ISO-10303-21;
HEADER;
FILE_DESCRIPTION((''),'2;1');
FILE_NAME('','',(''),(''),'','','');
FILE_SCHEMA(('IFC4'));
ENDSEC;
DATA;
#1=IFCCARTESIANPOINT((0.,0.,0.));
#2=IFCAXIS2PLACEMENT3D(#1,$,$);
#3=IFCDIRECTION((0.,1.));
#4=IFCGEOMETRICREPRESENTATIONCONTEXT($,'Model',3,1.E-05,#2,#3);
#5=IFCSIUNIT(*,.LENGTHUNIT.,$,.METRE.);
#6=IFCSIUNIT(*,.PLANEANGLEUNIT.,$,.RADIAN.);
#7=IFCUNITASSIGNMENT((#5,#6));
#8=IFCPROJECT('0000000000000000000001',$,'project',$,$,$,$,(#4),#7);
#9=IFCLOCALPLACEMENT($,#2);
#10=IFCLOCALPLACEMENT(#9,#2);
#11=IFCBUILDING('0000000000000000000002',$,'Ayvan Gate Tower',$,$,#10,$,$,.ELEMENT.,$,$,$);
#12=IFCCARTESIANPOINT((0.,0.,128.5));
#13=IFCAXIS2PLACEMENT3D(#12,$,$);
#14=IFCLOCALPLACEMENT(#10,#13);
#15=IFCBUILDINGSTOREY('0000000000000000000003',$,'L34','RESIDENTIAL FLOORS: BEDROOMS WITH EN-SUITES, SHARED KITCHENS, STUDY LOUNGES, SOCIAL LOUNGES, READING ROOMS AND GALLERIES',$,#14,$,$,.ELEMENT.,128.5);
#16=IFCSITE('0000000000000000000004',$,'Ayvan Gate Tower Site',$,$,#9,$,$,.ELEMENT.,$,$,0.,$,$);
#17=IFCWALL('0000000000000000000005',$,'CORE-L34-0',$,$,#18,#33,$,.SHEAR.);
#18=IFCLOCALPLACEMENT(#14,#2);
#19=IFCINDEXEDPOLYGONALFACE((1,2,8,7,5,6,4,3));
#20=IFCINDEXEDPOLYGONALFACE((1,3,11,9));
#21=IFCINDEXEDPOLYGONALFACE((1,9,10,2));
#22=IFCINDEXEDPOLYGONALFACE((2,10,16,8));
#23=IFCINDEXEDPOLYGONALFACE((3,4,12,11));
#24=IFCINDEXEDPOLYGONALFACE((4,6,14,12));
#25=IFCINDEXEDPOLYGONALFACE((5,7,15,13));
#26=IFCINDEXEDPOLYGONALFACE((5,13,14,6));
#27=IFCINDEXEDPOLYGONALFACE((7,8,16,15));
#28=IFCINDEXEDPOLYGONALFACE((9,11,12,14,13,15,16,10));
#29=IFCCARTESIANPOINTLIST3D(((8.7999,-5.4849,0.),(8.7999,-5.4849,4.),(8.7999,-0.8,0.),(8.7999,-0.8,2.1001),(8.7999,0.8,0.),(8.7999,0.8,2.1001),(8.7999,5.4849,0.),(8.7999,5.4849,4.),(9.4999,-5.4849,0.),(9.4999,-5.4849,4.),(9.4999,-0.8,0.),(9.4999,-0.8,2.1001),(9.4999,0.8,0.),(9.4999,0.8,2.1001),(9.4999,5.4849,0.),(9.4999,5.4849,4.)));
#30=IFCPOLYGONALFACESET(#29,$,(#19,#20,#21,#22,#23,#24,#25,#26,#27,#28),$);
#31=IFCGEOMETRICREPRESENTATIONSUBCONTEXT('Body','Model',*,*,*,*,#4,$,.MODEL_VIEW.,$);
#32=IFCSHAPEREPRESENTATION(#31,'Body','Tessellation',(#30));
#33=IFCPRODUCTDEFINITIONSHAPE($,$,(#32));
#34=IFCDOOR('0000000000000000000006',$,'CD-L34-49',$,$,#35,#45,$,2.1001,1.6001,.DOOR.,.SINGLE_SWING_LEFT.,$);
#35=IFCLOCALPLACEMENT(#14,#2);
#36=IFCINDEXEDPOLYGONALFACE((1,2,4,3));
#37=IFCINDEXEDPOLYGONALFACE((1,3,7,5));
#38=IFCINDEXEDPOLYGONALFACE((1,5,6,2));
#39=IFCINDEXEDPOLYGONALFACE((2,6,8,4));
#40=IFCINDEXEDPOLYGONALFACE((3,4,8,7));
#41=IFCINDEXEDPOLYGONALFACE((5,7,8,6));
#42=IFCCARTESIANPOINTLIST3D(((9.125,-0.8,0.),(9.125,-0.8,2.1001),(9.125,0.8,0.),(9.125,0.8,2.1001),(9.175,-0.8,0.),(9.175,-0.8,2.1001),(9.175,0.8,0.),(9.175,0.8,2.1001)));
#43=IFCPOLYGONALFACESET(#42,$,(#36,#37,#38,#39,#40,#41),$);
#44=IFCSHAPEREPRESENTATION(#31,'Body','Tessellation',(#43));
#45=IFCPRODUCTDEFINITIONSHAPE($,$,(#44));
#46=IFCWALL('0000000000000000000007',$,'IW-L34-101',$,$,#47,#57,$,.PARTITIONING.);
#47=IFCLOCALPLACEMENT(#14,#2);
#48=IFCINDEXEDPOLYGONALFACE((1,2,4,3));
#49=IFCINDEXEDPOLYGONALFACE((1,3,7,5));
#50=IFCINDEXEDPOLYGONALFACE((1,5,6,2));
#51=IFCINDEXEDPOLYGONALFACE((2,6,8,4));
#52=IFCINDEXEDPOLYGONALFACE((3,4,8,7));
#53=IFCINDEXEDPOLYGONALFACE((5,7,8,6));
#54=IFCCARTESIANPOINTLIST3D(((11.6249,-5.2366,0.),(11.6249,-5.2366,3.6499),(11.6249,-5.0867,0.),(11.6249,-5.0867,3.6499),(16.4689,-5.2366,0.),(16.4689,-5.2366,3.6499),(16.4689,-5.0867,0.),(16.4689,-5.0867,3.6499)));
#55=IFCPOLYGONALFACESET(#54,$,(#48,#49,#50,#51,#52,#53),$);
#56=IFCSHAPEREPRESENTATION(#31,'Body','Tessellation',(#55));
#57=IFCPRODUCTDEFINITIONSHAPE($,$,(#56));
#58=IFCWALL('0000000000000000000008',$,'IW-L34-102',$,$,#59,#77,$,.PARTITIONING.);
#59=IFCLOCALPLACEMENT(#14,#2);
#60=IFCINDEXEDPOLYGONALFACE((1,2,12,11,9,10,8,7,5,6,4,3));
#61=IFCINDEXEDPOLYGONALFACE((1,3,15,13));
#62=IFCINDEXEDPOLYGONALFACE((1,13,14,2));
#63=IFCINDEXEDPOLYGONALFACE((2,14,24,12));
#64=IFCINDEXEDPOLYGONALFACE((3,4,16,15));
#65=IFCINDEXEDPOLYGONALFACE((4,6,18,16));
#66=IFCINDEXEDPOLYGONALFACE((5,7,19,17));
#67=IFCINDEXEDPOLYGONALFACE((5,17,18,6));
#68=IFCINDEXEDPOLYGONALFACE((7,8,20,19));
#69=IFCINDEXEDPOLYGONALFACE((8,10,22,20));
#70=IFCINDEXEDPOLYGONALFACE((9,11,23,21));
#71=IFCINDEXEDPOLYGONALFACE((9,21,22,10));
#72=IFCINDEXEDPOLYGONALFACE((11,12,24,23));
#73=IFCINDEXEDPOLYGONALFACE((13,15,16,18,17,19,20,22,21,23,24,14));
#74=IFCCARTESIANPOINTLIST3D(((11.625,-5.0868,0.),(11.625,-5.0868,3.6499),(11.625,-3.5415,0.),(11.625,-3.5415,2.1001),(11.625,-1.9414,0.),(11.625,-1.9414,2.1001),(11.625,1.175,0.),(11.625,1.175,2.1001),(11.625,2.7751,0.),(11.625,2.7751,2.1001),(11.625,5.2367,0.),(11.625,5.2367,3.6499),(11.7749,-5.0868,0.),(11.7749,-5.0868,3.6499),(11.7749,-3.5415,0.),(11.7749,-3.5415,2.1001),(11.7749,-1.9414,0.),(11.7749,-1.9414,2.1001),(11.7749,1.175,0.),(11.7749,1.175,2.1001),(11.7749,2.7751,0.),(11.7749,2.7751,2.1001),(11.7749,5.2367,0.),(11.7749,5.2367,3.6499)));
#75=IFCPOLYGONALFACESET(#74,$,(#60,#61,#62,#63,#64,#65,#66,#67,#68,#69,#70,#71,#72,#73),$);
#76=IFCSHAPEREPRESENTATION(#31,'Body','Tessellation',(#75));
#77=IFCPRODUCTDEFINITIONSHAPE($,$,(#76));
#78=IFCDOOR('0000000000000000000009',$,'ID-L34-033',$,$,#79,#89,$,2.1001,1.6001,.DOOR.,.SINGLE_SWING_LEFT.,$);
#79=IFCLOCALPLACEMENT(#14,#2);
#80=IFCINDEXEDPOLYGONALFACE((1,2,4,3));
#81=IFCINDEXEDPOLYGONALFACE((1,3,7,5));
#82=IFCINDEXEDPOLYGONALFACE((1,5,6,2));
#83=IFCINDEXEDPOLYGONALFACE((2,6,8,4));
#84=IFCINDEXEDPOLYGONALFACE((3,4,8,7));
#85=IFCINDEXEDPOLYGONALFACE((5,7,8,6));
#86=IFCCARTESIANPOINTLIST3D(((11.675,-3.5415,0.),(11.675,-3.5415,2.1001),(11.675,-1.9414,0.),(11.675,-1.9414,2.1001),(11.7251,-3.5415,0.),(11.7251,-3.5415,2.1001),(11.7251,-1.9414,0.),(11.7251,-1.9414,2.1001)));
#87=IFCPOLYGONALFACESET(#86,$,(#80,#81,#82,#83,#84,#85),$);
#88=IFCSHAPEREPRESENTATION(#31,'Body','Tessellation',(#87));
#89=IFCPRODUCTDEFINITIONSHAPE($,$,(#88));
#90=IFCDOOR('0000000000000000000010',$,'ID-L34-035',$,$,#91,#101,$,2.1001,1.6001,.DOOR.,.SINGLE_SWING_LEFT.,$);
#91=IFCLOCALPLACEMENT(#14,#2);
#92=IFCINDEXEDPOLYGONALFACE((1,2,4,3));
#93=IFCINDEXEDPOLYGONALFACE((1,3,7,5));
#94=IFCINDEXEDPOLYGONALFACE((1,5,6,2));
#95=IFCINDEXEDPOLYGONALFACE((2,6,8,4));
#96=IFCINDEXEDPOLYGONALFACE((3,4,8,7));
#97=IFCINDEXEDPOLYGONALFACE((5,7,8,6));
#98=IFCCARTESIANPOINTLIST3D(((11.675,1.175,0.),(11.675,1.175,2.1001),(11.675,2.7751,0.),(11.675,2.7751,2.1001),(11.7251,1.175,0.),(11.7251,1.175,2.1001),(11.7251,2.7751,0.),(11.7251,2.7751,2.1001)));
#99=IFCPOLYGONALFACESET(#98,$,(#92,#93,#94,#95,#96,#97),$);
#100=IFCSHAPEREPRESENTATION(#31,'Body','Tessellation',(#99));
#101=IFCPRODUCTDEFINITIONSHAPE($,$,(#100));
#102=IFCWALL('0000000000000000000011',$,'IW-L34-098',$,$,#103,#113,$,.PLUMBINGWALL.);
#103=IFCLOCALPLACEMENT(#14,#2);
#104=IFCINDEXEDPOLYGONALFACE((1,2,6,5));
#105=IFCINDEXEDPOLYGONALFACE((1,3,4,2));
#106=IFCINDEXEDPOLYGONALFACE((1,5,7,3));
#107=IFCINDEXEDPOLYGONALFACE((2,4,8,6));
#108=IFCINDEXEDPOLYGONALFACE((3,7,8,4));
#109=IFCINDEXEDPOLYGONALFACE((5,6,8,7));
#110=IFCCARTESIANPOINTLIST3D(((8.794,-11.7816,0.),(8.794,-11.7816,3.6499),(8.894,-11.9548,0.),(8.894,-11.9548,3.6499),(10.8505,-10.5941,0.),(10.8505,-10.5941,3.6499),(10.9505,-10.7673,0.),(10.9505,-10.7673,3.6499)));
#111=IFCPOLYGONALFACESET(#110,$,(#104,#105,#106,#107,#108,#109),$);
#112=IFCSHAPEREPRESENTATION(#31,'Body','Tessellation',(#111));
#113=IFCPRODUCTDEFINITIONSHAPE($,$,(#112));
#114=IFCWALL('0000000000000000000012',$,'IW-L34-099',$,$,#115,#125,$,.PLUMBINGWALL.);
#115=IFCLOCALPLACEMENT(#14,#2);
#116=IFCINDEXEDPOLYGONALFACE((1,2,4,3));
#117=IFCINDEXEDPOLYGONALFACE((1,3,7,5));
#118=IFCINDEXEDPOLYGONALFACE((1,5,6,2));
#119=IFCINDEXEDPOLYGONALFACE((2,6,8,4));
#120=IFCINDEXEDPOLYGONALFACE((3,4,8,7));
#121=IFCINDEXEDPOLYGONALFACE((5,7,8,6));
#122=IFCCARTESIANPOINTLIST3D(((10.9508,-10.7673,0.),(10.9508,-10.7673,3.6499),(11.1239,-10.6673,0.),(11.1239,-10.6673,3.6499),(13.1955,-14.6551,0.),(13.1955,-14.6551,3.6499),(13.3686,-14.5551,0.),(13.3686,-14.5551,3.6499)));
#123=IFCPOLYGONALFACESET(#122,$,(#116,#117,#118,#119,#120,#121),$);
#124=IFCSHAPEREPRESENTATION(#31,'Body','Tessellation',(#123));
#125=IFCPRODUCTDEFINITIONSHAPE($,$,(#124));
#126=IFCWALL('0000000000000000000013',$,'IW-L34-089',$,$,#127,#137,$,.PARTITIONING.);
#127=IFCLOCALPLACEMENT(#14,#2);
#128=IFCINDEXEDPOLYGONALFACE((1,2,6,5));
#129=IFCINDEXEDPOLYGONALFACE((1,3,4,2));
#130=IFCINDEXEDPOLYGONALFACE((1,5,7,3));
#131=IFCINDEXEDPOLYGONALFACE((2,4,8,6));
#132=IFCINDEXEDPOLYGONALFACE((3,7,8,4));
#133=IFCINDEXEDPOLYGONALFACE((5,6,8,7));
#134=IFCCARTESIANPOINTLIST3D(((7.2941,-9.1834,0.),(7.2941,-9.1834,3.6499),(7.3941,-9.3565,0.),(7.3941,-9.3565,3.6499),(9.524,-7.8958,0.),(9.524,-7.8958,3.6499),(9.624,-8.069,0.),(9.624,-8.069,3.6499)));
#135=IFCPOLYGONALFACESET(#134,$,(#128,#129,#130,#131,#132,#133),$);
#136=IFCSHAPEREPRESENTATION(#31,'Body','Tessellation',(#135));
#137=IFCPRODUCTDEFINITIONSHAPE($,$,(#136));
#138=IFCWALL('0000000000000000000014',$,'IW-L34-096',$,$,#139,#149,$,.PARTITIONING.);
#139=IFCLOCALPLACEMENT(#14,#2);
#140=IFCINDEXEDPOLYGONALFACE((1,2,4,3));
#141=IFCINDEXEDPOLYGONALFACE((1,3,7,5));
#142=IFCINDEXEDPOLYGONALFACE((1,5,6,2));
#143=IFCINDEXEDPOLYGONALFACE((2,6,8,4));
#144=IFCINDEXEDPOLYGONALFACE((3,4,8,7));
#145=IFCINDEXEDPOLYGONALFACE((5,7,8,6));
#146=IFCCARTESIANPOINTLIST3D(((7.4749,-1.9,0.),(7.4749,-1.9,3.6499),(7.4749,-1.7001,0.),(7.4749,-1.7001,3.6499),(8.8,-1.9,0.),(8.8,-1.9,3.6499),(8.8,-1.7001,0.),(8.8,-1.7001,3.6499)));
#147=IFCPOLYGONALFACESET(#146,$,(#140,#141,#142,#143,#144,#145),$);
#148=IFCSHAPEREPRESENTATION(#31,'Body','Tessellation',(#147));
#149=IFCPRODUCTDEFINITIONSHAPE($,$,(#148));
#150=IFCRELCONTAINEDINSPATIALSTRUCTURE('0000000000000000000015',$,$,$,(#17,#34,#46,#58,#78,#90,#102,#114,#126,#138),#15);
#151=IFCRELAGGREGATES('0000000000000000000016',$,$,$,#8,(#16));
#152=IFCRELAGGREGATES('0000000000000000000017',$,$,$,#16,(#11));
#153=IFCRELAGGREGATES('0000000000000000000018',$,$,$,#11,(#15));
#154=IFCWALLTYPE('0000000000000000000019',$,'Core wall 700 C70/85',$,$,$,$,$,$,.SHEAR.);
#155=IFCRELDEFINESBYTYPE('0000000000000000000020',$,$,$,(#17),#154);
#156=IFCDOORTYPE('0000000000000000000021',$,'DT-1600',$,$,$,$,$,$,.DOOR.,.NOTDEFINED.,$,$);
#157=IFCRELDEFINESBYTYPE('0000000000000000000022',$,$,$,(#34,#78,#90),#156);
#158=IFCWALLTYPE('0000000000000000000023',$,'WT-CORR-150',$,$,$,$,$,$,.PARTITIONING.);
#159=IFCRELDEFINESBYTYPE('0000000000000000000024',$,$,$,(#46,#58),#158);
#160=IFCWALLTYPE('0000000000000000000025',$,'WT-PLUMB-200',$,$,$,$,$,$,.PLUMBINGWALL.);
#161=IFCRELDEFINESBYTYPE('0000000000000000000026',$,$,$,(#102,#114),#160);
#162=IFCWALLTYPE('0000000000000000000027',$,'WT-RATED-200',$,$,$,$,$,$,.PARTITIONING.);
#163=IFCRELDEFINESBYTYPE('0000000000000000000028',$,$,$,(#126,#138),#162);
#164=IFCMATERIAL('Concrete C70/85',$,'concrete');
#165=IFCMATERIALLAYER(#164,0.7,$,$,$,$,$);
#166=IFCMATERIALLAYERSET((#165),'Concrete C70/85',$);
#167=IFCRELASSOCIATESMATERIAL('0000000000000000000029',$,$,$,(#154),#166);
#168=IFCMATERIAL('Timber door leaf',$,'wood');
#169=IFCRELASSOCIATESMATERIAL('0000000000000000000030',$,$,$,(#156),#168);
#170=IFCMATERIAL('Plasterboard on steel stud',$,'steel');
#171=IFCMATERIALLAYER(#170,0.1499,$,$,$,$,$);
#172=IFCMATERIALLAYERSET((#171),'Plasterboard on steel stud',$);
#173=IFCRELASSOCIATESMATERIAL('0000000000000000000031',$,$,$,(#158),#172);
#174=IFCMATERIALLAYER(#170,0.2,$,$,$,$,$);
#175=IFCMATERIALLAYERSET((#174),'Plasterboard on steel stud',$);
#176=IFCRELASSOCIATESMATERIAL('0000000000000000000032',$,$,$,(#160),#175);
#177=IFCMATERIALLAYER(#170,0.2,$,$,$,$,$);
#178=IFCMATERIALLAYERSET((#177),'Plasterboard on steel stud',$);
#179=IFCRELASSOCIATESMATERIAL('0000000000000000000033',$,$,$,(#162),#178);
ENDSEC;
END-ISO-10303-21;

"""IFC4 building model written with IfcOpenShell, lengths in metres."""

from ifc_helpers import new_model, si_unit, direction, frame, frame_2d, origin, place, context, subcontext, project, spatial, rectangle, extrude, material, layer, layer_set, type_object, element, fill, save


model = new_model("IFC4")

# Units and contexts
model_context = context("Model", 3, precision=1e-05, world=origin(), true_north=direction((0.0, 1.0)))
body_context = subcontext(model_context, "Body", "Model", "MODEL_VIEW")
ifc_project = project(units=[si_unit("LENGTHUNIT", "METRE"), si_unit("PLANEANGLEUNIT", "RADIAN")], contexts=[model_context])

# Site, building, storey
site_placement = place(None, origin())
site = spatial("IfcSite", under=ifc_project, at=site_placement, Name="Ayvan Gate Tower Site", CompositionType="ELEMENT", RefElevation=0.0)
building_placement = place(site_placement, origin())
building = spatial("IfcBuilding", under=site, at=building_placement, Name="Ayvan Gate Tower", CompositionType="ELEMENT")
storey_placement = place(building_placement, frame((0.0, 0.0, 128.5)))
storey = spatial("IfcBuildingStorey", under=building, at=storey_placement, Name="L34", Description="RESIDENTIAL FLOORS: BEDROOMS WITH EN-SUITES, SHARED KITCHENS, STUDY LOUNGES, SOCIAL LOUNGES, READING ROOMS AND GALLERIES", CompositionType="ELEMENT", Elevation=128.5)

# Wall, opening, door
ifc_material_1 = material(Name="Concrete C70/85", Category="concrete")
ifc_layer_1 = layer(ifc_material_1, 0.7)
ifc_layer_set_1 = layer_set([ifc_layer_1], Name="Concrete C70/85")
wall_type_1 = type_object("IfcWallType", Name="Core wall 700 C70/85", PredefinedType="SHEAR", material=ifc_layer_set_1)
wall_1_placement = place(storey_placement, frame((9.1499, -5.4849, 0.0), z_axis=(0.0, 0.0, 1.0), x_axis=(0.0, 1.0, 0.0)))
wall_1 = element("IfcWall", 1, at=wall_1_placement, inside=storey, type_object=wall_type_1, Name="CORE-L34-0", PredefinedType="SHEAR", context=body_context, shape_type="SweptSolid", body=[
    extrude(rectangle(XDim=10.9697, YDim=0.7, at=frame_2d((5.4849, 0.0))), origin(), (0.0, 0.0, 1.0), 4.0),
])
opening_1_placement = place(wall_1_placement, frame((4.6848, 0.0, 0.0)))
opening_1 = element("IfcOpeningElement", 2, at=opening_1_placement, cuts=wall_1, PredefinedType="OPENING", context=body_context, shape_type="SweptSolid", body=[
    extrude(rectangle(XDim=1.6001, YDim=2.1001, at=frame_2d((0.8, 1.05))), frame((0.0, 0.3599, 0.0), z_axis=(0.0, -1.0, 0.0), x_axis=(1.0, 0.0, 0.0)), (0.0, 0.0, 1.0), 0.72),
])
ifc_material_2 = material(Name="Timber door leaf", Category="wood")
door_type_1 = type_object("IfcDoorType", Name="DT-1600", OperationType="NOTDEFINED", PredefinedType="DOOR", material=ifc_material_2)
door_1_placement = place(opening_1_placement, origin())
door_1 = element("IfcDoor", 3, at=door_1_placement, inside=storey, type_object=door_type_1, Name="CD-L34-49", OperationType="SINGLE_SWING_LEFT", OverallHeight=2.1001, OverallWidth=1.6001, PredefinedType="DOOR", context=body_context, shape_type="SweptSolid", body=[
    extrude(rectangle(XDim=1.6001, YDim=2.1001, at=frame_2d((0.8, 1.05))), frame((0.0, 0.0249, 0.0), z_axis=(0.0, -1.0, 0.0), x_axis=(1.0, 0.0, 0.0)), (0.0, 0.0, 1.0), 0.05),
])
fill(opening_1, door_1)

# Wall
ifc_material_3 = material(Name="Plasterboard on steel stud", Category="steel")
ifc_layer_2 = layer(ifc_material_3, 0.1499)
ifc_layer_set_2 = layer_set([ifc_layer_2], Name="Plasterboard on steel stud")
wall_type_2 = type_object("IfcWallType", Name="WT-CORR-150", PredefinedType="PARTITIONING", material=ifc_layer_set_2)
wall_2_placement = place(storey_placement, frame((11.625, -5.1616, 0.0), z_axis=(0.0, 0.0, 1.0), x_axis=(1.0, 0.0, 0.0)))
element("IfcWall", 4, at=wall_2_placement, inside=storey, type_object=wall_type_2, Name="IW-L34-101", PredefinedType="PARTITIONING", context=body_context, shape_type="SweptSolid", body=[
    extrude(rectangle(XDim=4.844, YDim=0.1499, at=frame_2d((2.4219, 0.0))), origin(), (0.0, 0.0, 1.0), 3.6499),
])

# Wall, openings, doors
wall_3_placement = place(storey_placement, frame((11.7, -5.0867, 0.0), z_axis=(0.0, 0.0, 1.0), x_axis=(0.0, 1.0, 0.0)))
wall_3 = element("IfcWall", 5, at=wall_3_placement, inside=storey, type_object=wall_type_2, Name="IW-L34-102", PredefinedType="PARTITIONING", context=body_context, shape_type="SweptSolid", body=[
    extrude(rectangle(XDim=10.3235, YDim=0.1499, at=frame_2d((5.1616, 0.0))), origin(), (0.0, 0.0, 1.0), 3.6499),
])
opening_2_placement = place(wall_3_placement, frame((1.5452, 0.0, 0.0)))
opening_2 = element("IfcOpeningElement", 6, at=opening_2_placement, cuts=wall_3, PredefinedType="OPENING", context=body_context, shape_type="SweptSolid", body=[
    extrude(rectangle(XDim=1.6001, YDim=2.1001, at=frame_2d((0.8, 1.05))), frame((0.0, 0.085, 0.0), z_axis=(0.0, -1.0, 0.0), x_axis=(1.0, 0.0, 0.0)), (0.0, 0.0, 1.0), 0.1699),
])
opening_3_placement = place(wall_3_placement, frame((6.2617, 0.0, 0.0)))
opening_3 = element("IfcOpeningElement", 7, at=opening_3_placement, cuts=wall_3, PredefinedType="OPENING", context=body_context, shape_type="SweptSolid", body=[
    extrude(rectangle(XDim=1.6001, YDim=2.1001, at=frame_2d((0.8, 1.05))), frame((0.0, 0.085, 0.0), z_axis=(0.0, -1.0, 0.0), x_axis=(1.0, 0.0, 0.0)), (0.0, 0.0, 1.0), 0.1699),
])
door_2_placement = place(opening_2_placement, origin())
door_2 = element("IfcDoor", 8, at=door_2_placement, inside=storey, type_object=door_type_1, Name="ID-L34-033", OperationType="SINGLE_SWING_LEFT", OverallHeight=2.1001, OverallWidth=1.6001, PredefinedType="DOOR", context=body_context, shape_type="SweptSolid", body=[
    extrude(rectangle(XDim=1.6001, YDim=2.1001, at=frame_2d((0.8, 1.05))), frame((0.0, 0.0249, 0.0), z_axis=(0.0, -1.0, 0.0), x_axis=(1.0, 0.0, 0.0)), (0.0, 0.0, 1.0), 0.05),
])
fill(opening_2, door_2)
door_3_placement = place(opening_3_placement, origin())
door_3 = element("IfcDoor", 9, at=door_3_placement, inside=storey, type_object=door_type_1, Name="ID-L34-035", OperationType="SINGLE_SWING_LEFT", OverallHeight=2.1001, OverallWidth=1.6001, PredefinedType="DOOR", context=body_context, shape_type="SweptSolid", body=[
    extrude(rectangle(XDim=1.6001, YDim=2.1001, at=frame_2d((0.8, 1.05))), frame((0.0, 0.0249, 0.0), z_axis=(0.0, -1.0, 0.0), x_axis=(1.0, 0.0, 0.0)), (0.0, 0.0, 1.0), 0.05),
])
fill(opening_3, door_3)

# Walls
ifc_layer_3 = layer(ifc_material_3, 0.2)
ifc_layer_set_3 = layer_set([ifc_layer_3], Name="Plasterboard on steel stud")
wall_type_3 = type_object("IfcWallType", Name="WT-PLUMB-200", PredefinedType="PLUMBINGWALL", material=ifc_layer_set_3)
wall_4_placement = place(storey_placement, frame((10.9006, -10.6807, 0.0), z_axis=(0.0, 0.0, 1.0), x_axis=(-0.866008, -0.500031, 0.0)))
element("IfcWall", 10, at=wall_4_placement, inside=storey, type_object=wall_type_3, Name="IW-L34-098", PredefinedType="PLUMBINGWALL", context=body_context, shape_type="SweptSolid", body=[
    extrude(rectangle(XDim=2.3748, YDim=0.2, at=frame_2d((1.1875, 0.0))), origin(), (0.0, 0.0, 1.0), 3.6499),
])
wall_5_placement = place(storey_placement, frame((11.0374, -10.7173, 0.0), z_axis=(0.0, 0.0, 1.0), x_axis=(0.500011, -0.866019, 0.0)))
element("IfcWall", 11, at=wall_5_placement, inside=storey, type_object=wall_type_3, Name="IW-L34-099", PredefinedType="PLUMBINGWALL", context=body_context, shape_type="SweptSolid", body=[
    extrude(rectangle(XDim=4.4893, YDim=0.2, at=frame_2d((2.2446, 0.0))), origin(), (0.0, 0.0, 1.0), 3.6499),
])
ifc_layer_4 = layer(ifc_material_3, 0.2)
ifc_layer_set_4 = layer_set([ifc_layer_4], Name="Plasterboard on steel stud")
wall_type_4 = type_object("IfcWallType", Name="WT-RATED-200", PredefinedType="PARTITIONING", material=ifc_layer_set_4)
wall_6_placement = place(storey_placement, frame((7.344, -9.27, 0.0), z_axis=(0.0, 0.0, 1.0), x_axis=(0.866006, 0.500034, 0.0)))
element("IfcWall", 12, at=wall_6_placement, inside=storey, type_object=wall_type_4, Name="IW-L34-089", PredefinedType="PARTITIONING", context=body_context, shape_type="SweptSolid", body=[
    extrude(rectangle(XDim=2.575, YDim=0.2, at=frame_2d((1.2876, 0.0))), origin(), (0.0, 0.0, 1.0), 3.6499),
])
wall_7_placement = place(storey_placement, frame((8.8, -1.8, 0.0), z_axis=(0.0, 0.0, 1.0), x_axis=(-1.0, 0.0, 0.0)))
element("IfcWall", 13, at=wall_7_placement, inside=storey, type_object=wall_type_4, Name="IW-L34-096", PredefinedType="PARTITIONING", context=body_context, shape_type="SweptSolid", body=[
    extrude(rectangle(XDim=1.3252, YDim=0.2, at=frame_2d((0.6626, 0.0))), origin(), (0.0, 0.0, 1.0), 3.6499),
])

save(model, "model.ifc")
